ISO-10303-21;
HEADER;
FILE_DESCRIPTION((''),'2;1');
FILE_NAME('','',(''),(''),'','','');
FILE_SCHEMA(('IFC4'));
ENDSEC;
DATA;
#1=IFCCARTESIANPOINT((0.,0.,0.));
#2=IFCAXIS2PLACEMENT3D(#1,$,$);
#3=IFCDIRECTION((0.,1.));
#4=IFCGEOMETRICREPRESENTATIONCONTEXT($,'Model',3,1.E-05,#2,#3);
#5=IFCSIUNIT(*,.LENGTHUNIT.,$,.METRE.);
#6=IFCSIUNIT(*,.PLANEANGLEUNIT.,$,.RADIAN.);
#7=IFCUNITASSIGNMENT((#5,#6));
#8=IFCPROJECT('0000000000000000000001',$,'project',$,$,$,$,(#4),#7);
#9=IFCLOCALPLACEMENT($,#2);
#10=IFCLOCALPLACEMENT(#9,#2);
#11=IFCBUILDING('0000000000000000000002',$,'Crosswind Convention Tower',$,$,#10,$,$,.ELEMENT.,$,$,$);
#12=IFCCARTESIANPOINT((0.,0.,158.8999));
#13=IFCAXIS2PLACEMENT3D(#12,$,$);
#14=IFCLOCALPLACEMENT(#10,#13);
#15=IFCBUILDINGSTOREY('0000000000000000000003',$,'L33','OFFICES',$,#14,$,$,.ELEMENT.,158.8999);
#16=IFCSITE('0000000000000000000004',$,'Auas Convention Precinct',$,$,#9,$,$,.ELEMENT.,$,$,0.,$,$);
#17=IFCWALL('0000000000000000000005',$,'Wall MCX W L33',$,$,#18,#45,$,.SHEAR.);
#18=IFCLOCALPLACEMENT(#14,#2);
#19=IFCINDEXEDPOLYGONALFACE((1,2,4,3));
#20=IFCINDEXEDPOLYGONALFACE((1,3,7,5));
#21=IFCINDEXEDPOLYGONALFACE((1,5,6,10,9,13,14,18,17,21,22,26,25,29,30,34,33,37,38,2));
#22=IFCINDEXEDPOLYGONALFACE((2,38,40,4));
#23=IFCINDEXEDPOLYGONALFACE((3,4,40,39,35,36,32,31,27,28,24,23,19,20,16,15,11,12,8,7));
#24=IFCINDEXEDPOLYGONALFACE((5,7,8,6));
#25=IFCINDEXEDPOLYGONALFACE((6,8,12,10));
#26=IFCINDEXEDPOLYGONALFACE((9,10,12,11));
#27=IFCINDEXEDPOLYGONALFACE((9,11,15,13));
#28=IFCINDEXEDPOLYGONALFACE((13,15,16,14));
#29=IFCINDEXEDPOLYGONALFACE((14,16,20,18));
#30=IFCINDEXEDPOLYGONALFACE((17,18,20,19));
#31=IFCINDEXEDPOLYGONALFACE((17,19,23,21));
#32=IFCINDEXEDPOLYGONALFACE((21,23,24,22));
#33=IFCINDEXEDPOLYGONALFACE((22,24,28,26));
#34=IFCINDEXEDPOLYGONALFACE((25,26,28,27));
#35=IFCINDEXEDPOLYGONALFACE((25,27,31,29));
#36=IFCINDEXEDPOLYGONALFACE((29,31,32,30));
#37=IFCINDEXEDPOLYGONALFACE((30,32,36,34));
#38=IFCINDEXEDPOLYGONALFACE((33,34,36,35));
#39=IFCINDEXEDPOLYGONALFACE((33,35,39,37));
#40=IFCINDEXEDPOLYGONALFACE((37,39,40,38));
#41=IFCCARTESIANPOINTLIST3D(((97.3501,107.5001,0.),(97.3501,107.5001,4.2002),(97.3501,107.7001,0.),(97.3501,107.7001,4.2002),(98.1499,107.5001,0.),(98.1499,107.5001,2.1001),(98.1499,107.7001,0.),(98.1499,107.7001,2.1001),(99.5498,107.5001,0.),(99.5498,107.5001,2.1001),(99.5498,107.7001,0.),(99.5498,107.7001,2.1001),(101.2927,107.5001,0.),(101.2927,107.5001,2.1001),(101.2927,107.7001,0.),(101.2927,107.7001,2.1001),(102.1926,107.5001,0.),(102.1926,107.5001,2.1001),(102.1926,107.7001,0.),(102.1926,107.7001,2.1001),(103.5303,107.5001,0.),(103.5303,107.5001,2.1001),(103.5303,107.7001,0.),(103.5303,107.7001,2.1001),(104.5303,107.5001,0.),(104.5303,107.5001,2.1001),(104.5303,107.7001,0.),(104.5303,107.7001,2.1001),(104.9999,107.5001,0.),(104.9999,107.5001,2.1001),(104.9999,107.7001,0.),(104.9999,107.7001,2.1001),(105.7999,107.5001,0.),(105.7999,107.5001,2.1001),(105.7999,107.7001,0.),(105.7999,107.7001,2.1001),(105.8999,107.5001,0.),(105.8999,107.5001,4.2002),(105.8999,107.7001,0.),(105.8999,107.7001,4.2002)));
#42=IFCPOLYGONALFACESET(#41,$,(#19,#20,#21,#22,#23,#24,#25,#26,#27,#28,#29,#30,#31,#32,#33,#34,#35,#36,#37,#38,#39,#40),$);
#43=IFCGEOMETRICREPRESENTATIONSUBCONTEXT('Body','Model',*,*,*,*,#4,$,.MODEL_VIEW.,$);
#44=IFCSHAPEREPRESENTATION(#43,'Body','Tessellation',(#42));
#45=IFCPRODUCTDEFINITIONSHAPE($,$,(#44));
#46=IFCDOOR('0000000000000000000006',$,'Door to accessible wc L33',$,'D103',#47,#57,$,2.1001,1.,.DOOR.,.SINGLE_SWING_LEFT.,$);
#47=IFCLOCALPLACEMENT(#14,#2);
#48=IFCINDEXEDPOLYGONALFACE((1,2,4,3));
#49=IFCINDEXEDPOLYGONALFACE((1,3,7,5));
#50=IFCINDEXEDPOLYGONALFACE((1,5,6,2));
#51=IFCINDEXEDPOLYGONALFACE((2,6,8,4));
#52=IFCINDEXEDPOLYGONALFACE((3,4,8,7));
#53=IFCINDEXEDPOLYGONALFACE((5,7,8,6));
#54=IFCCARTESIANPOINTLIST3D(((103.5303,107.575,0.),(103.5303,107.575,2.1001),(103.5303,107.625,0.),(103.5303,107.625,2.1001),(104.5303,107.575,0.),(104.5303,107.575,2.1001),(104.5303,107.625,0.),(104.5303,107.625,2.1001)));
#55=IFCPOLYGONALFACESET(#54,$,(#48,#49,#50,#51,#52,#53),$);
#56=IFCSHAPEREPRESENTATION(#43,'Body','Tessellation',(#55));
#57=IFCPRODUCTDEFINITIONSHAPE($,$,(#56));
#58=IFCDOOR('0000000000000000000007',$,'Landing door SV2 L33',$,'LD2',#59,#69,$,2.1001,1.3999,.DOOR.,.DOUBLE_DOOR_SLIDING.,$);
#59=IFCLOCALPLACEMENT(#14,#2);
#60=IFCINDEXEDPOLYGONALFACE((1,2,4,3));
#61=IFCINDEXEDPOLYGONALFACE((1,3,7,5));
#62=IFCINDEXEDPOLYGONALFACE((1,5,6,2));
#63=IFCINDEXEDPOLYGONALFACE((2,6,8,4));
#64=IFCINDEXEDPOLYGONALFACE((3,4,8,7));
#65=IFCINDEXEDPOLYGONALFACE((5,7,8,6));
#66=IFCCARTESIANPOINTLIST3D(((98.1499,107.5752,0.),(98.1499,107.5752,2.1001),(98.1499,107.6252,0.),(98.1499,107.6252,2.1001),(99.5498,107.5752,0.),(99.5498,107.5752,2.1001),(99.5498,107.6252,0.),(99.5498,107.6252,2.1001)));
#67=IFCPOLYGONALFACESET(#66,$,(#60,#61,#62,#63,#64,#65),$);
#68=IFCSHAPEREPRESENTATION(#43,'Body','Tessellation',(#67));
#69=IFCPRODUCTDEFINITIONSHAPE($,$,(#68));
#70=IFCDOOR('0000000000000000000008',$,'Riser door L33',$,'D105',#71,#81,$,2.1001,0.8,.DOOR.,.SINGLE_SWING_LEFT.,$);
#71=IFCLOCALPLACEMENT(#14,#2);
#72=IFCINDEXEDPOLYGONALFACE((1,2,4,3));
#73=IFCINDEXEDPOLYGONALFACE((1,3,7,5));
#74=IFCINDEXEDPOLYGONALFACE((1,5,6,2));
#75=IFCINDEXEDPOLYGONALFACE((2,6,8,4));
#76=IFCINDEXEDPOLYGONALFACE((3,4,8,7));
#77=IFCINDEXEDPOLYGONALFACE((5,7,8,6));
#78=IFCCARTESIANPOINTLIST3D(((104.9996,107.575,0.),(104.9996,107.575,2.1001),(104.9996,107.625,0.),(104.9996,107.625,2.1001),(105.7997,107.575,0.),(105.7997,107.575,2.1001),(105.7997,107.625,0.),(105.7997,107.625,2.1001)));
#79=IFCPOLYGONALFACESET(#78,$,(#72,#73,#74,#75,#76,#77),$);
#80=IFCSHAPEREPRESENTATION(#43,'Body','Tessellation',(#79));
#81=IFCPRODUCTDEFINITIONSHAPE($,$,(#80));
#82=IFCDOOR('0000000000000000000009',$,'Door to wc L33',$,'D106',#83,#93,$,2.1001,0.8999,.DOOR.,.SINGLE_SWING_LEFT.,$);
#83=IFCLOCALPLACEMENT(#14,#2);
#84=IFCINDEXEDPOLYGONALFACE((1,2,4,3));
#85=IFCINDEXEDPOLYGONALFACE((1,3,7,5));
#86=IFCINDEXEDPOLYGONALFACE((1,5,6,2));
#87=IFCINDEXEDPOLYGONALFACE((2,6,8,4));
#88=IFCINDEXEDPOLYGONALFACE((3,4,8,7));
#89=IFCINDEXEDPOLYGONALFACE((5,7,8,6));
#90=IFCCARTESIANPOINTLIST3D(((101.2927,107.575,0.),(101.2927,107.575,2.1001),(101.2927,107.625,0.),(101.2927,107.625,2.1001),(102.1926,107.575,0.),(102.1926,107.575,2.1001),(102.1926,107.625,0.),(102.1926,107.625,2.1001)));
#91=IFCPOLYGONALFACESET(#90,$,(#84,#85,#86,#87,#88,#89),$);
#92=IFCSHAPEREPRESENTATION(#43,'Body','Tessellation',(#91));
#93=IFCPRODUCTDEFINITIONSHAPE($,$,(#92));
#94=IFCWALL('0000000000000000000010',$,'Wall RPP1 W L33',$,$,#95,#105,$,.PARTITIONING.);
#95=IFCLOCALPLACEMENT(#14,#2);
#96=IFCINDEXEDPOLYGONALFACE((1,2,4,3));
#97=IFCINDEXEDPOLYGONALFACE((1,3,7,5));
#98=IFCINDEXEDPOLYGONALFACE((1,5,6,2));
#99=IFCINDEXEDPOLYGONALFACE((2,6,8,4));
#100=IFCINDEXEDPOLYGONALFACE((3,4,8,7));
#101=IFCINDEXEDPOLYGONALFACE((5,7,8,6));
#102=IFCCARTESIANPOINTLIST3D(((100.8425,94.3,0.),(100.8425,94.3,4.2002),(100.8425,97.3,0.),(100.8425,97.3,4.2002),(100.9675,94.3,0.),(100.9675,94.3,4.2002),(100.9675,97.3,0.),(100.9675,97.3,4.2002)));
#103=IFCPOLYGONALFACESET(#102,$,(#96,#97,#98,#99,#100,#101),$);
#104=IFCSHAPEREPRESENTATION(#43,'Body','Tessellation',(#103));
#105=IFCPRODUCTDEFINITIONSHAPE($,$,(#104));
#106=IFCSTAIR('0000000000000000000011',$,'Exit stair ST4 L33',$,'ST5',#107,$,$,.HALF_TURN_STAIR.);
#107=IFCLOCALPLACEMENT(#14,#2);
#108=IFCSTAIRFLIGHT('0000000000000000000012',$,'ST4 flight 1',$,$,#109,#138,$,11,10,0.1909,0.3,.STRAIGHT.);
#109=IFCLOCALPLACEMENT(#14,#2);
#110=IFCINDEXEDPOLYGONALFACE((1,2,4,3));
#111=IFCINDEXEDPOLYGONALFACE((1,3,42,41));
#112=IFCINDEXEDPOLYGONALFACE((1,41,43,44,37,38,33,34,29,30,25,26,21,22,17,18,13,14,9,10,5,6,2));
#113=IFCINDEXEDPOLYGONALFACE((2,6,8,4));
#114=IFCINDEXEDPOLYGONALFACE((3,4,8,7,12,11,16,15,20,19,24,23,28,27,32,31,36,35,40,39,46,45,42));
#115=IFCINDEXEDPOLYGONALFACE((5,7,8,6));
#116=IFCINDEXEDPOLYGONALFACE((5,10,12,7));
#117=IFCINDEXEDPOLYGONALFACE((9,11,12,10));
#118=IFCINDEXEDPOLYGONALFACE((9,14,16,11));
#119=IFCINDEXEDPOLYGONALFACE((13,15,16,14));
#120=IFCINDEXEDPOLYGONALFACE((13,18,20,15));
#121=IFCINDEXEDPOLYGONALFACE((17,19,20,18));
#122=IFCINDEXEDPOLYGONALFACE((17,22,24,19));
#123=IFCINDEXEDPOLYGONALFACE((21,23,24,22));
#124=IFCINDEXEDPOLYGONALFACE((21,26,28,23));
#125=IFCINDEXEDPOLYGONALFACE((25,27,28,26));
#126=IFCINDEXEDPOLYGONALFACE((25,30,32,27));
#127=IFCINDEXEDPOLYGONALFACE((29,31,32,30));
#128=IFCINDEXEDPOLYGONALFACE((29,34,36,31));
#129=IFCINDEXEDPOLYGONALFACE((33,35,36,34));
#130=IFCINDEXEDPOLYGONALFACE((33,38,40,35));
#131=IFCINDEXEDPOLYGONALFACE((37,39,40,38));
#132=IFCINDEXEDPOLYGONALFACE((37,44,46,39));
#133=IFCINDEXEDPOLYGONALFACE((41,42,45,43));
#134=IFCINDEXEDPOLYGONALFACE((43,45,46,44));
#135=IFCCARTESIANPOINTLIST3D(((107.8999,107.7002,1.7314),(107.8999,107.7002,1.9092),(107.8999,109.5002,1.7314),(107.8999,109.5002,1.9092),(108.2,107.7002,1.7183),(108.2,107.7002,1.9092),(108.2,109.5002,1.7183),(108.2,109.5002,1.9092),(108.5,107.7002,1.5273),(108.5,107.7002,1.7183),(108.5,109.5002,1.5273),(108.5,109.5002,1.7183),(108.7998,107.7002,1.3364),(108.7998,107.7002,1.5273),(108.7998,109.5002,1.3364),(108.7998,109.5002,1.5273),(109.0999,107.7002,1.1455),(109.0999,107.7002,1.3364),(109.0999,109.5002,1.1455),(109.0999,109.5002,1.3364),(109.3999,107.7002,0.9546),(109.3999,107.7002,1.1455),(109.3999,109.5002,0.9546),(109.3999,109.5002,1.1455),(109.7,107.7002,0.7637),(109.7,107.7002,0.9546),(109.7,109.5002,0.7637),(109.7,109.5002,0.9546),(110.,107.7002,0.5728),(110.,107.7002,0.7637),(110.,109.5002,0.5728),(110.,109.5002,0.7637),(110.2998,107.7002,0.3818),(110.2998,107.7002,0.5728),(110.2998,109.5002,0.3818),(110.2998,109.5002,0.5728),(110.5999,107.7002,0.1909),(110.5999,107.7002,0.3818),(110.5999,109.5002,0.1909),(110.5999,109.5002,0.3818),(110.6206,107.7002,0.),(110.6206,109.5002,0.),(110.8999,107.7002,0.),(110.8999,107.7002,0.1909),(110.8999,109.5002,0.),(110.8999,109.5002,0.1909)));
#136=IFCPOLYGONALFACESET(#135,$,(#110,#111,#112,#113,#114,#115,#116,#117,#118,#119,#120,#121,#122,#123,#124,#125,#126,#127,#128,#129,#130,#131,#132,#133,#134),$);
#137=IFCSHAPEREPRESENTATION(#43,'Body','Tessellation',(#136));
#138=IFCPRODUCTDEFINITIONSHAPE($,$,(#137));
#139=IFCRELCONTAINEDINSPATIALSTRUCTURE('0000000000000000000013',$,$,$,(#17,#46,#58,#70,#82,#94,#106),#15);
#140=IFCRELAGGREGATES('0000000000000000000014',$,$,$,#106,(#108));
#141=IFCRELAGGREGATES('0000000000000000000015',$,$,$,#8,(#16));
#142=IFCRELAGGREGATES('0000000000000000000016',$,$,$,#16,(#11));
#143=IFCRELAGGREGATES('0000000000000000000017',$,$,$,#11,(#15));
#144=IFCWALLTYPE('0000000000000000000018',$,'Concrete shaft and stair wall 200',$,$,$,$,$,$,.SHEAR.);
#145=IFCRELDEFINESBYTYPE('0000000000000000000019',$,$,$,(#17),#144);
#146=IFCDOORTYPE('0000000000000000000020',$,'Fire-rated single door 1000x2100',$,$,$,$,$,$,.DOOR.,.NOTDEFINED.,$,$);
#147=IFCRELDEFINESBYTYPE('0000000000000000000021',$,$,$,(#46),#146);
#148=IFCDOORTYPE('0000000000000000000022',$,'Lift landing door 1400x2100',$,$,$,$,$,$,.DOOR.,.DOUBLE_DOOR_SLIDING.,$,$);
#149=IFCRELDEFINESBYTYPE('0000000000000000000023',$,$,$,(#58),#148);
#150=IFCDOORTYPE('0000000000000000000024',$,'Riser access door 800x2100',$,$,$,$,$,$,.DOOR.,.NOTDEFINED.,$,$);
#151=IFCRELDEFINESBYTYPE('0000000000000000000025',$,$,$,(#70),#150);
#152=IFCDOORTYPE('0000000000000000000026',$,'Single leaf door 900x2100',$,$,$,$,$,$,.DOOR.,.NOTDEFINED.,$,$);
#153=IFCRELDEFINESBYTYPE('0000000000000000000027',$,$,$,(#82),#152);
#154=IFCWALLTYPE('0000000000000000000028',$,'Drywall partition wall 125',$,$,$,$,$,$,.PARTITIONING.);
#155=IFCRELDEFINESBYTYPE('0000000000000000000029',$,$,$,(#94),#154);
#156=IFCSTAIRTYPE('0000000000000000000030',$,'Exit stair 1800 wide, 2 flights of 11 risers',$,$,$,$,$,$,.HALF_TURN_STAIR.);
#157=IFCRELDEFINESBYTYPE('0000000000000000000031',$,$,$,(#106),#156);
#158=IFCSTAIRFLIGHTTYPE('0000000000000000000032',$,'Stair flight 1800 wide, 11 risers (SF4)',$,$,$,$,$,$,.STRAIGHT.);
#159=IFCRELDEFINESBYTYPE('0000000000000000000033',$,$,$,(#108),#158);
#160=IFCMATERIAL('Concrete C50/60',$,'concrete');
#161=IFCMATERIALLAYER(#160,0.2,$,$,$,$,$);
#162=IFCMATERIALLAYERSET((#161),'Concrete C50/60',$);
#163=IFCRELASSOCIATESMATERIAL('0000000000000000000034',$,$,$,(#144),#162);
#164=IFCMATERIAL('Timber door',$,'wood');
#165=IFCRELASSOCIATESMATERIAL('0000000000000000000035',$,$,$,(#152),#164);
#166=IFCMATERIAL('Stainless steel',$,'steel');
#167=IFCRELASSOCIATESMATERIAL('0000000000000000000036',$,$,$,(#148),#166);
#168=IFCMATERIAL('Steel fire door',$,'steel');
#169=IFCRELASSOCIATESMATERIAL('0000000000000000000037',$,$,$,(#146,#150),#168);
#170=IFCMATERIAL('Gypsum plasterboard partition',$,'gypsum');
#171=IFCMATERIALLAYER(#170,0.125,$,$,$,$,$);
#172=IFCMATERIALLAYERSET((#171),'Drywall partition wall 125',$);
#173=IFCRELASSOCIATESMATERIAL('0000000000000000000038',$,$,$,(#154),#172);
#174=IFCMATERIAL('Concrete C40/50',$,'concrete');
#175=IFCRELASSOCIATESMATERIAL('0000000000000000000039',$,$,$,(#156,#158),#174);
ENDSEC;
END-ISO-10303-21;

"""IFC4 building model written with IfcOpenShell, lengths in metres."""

from ifc_helpers import new_model, si_unit, direction, frame, frame_2d, origin, place, context, subcontext, project, spatial, polyline, rectangle, outline, extrude, material, layer, layer_set, type_object, element, fill, aggregate, save


model = new_model("IFC4")

# Units and contexts
model_context = context("Model", 3, precision=1e-05, world=origin(), true_north=direction((0.0, 1.0)))
body_context = subcontext(model_context, "Body", "Model", "MODEL_VIEW")
ifc_project = project(units=[si_unit("LENGTHUNIT", "METRE"), si_unit("PLANEANGLEUNIT", "RADIAN")], contexts=[model_context])

# Site, building, storey
site_placement = place(None, origin())
site = spatial("IfcSite", under=ifc_project, at=site_placement, Name="Auas Convention Precinct", CompositionType="ELEMENT", RefElevation=0.0)
building_placement = place(site_placement, origin())
building = spatial("IfcBuilding", under=site, at=building_placement, Name="Crosswind Convention Tower", CompositionType="ELEMENT")
storey_placement = place(building_placement, frame((0.0, 0.0, 158.8999)))
storey = spatial("IfcBuildingStorey", under=building, at=storey_placement, Name="L33", Description="OFFICES", CompositionType="ELEMENT", Elevation=158.8999)

# Shared definitions
ifc_material_1 = material(Name="Concrete C50/60", Category="concrete")
ifc_layer_1 = layer(ifc_material_1, 0.2)
ifc_layer_set_1 = layer_set([ifc_layer_1], Name="Concrete C50/60")
wall_type_1 = type_object("IfcWallType", Name="Concrete shaft and stair wall 200", PredefinedType="SHEAR", material=ifc_layer_set_1)

# Shared definitions
ifc_material_2 = material(Name="Timber door", Category="wood")
door_type_1 = type_object("IfcDoorType", Name="Single leaf door 900x2100", OperationType="NOTDEFINED", PredefinedType="DOOR", material=ifc_material_2)

# Wall, openings, doors
ifc_material_3 = material(Name="Stainless steel", Category="steel")
door_type_2 = type_object("IfcDoorType", Name="Lift landing door 1400x2100", OperationType="DOUBLE_DOOR_SLIDING", PredefinedType="DOOR", material=ifc_material_3)
wall_1_placement = place(storey_placement, frame((105.8999, 107.6001, 0.0), z_axis=(0.0, 0.0, 1.0), x_axis=(-1.0, 0.0, 0.0)))
wall_1 = element("IfcWall", 1, at=wall_1_placement, inside=storey, type_object=wall_type_1, Name="Wall MCX W L33", PredefinedType="SHEAR", context=body_context, shape_type="SweptSolid", body=[
    extrude(rectangle(XDim=8.5498, YDim=0.2, at=frame_2d((4.2749, 0.0))), origin(), (0.0, 0.0, 1.0), 4.2002),
])
opening_1_placement = place(wall_1_placement, frame((0.1001, 0.0, 0.0)))
opening_1 = element("IfcOpeningElement", 2, at=opening_1_placement, cuts=wall_1, PredefinedType="OPENING", context=body_context, shape_type="SweptSolid", body=[
    extrude(rectangle(XDim=0.8, YDim=2.1001, at=frame_2d((0.3999, 1.05))), frame((0.0, 0.1099, 0.0), z_axis=(0.0, -1.0, 0.0), x_axis=(1.0, 0.0, 0.0)), (0.0, 0.0, 1.0), 0.22),
])
opening_2_placement = place(wall_1_placement, frame((1.3696, 0.0, 0.0)))
opening_2 = element("IfcOpeningElement", 3, at=opening_2_placement, cuts=wall_1, PredefinedType="OPENING", context=body_context, shape_type="SweptSolid", body=[
    extrude(rectangle(XDim=1.0, YDim=2.1001, at=frame_2d((0.5, 1.05))), frame((0.0, 0.1099, 0.0), z_axis=(0.0, -1.0, 0.0), x_axis=(1.0, 0.0, 0.0)), (0.0, 0.0, 1.0), 0.22),
])
opening_3_placement = place(wall_1_placement, frame((3.7073, 0.0, 0.0)))
opening_3 = element("IfcOpeningElement", 4, at=opening_3_placement, cuts=wall_1, PredefinedType="OPENING", context=body_context, shape_type="SweptSolid", body=[
    extrude(rectangle(XDim=0.8999, YDim=2.1001, at=frame_2d((0.45, 1.05))), frame((0.0, 0.1099, 0.0), z_axis=(0.0, -1.0, 0.0), x_axis=(1.0, 0.0, 0.0)), (0.0, 0.0, 1.0), 0.22),
])
opening_4_placement = place(wall_1_placement, frame((6.3501, 0.0, 0.0)))
opening_4 = element("IfcOpeningElement", 5, at=opening_4_placement, cuts=wall_1, PredefinedType="OPENING", context=body_context, shape_type="SweptSolid", body=[
    extrude(rectangle(XDim=1.3999, YDim=2.1001, at=frame_2d((0.7, 1.05))), frame((0.0, 0.1099, 0.0), z_axis=(0.0, -1.0, 0.0), x_axis=(1.0, 0.0, 0.0)), (0.0, 0.0, 1.0), 0.22),
])
ifc_material_4 = material(Name="Steel fire door", Category="steel")
door_type_3 = type_object("IfcDoorType", Name="Fire-rated single door 1000x2100", OperationType="NOTDEFINED", PredefinedType="DOOR", material=ifc_material_4)
door_1_placement = place(opening_2_placement, frame((1.0, 0.0, 0.0), z_axis=(0.0, 0.0, 1.0), x_axis=(-1.0, 0.0, 0.0)))
door_1 = element("IfcDoor", 6, at=door_1_placement, inside=storey, type_object=door_type_3, Name="Door to accessible wc L33", ObjectType="D103", OperationType="SINGLE_SWING_LEFT", OverallHeight=2.1001, OverallWidth=1.0, PredefinedType="DOOR", context=body_context, shape_type="SweptSolid", body=[
    extrude(rectangle(XDim=1.0, YDim=2.1001, at=frame_2d((0.5, 1.05))), frame((0.0, 0.0249, 0.0), z_axis=(0.0, -1.0, 0.0), x_axis=(1.0, 0.0, 0.0)), (0.0, 0.0, 1.0), 0.05),
])
fill(opening_2, door_1)
door_2_placement = place(opening_4_placement, origin())
door_2 = element("IfcDoor", 7, at=door_2_placement, inside=storey, type_object=door_type_2, Name="Landing door SV2 L33", ObjectType="LD2", OperationType="DOUBLE_DOOR_SLIDING", OverallHeight=2.1001, OverallWidth=1.3999, PredefinedType="DOOR", context=body_context, shape_type="SweptSolid", body=[
    extrude(rectangle(XDim=1.3999, YDim=2.1001, at=frame_2d((0.7, 1.05))), frame((0.0, 0.0249, 0.0), z_axis=(0.0, -1.0, 0.0), x_axis=(1.0, 0.0, 0.0)), (0.0, 0.0, 1.0), 0.05),
])
fill(opening_4, door_2)
door_type_4 = type_object("IfcDoorType", Name="Riser access door 800x2100", OperationType="NOTDEFINED", PredefinedType="DOOR", material=ifc_material_4)
door_3_placement = place(opening_1_placement, frame((0.8, 0.0, 0.0), z_axis=(0.0, 0.0, 1.0), x_axis=(-1.0, 0.0, 0.0)))
door_3 = element("IfcDoor", 8, at=door_3_placement, inside=storey, type_object=door_type_4, Name="Riser door L33", ObjectType="D105", OperationType="SINGLE_SWING_LEFT", OverallHeight=2.1001, OverallWidth=0.8, PredefinedType="DOOR", context=body_context, shape_type="SweptSolid", body=[
    extrude(rectangle(XDim=0.8, YDim=2.1001, at=frame_2d((0.3999, 1.05))), frame((0.0, 0.0249, 0.0), z_axis=(0.0, -1.0, 0.0), x_axis=(1.0, 0.0, 0.0)), (0.0, 0.0, 1.0), 0.05),
])
fill(opening_1, door_3)
door_4_placement = place(opening_3_placement, frame((0.8999, 0.0, 0.0), z_axis=(0.0, 0.0, 1.0), x_axis=(-1.0, 0.0, 0.0)))
door_4 = element("IfcDoor", 9, at=door_4_placement, inside=storey, type_object=door_type_1, Name="Door to wc L33", ObjectType="D106", OperationType="SINGLE_SWING_LEFT", OverallHeight=2.1001, OverallWidth=0.8999, PredefinedType="DOOR", context=body_context, shape_type="SweptSolid", body=[
    extrude(rectangle(XDim=0.8999, YDim=2.1001, at=frame_2d((0.45, 1.05))), frame((0.0, 0.0249, 0.0), z_axis=(0.0, -1.0, 0.0), x_axis=(1.0, 0.0, 0.0)), (0.0, 0.0, 1.0), 0.05),
])
fill(opening_3, door_4)

# Wall
ifc_material_5 = material(Name="Gypsum plasterboard partition", Category="gypsum")
ifc_layer_2 = layer(ifc_material_5, 0.125)
ifc_layer_set_2 = layer_set([ifc_layer_2], Name="Drywall partition wall 125")
wall_type_2 = type_object("IfcWallType", Name="Drywall partition wall 125", PredefinedType="PARTITIONING", material=ifc_layer_set_2)
wall_2_placement = place(storey_placement, frame((100.905, 97.3, 0.0), z_axis=(0.0, 0.0, 1.0), x_axis=(0.0, -1.0, 0.0)))
element("IfcWall", 10, at=wall_2_placement, inside=storey, type_object=wall_type_2, Name="Wall RPP1 W L33", PredefinedType="PARTITIONING", context=body_context, shape_type="SweptSolid", body=[
    extrude(rectangle(XDim=3.0, YDim=0.125, at=frame_2d((1.5, 0.0))), origin(), (0.0, 0.0, 1.0), 4.2002),
])

# Stair, stair flight
ifc_material_6 = material(Name="Concrete C40/50", Category="concrete")
stair_type = type_object("IfcStairType", Name="Exit stair 1800 wide, 2 flights of 11 risers", PredefinedType="HALF_TURN_STAIR", material=ifc_material_6)
stair_placement = place(storey_placement, origin())
stair = element("IfcStair", 11, at=stair_placement, inside=storey, type_object=stair_type, Name="Exit stair ST4 L33", ObjectType="ST5", PredefinedType="HALF_TURN_STAIR")
stair_flight_type = type_object("IfcStairFlightType", Name="Stair flight 1800 wide, 11 risers (SF4)", PredefinedType="STRAIGHT", material=ifc_material_6)
stair_flight_1_placement = place(storey_placement, frame((110.8999, 108.6001, 0.0), z_axis=(0.0, 0.0, 1.0), x_axis=(-1.0, 0.0, 0.0)))
stair_flight_1 = element("IfcStairFlight", 12, at=stair_flight_1_placement, type_object=stair_flight_type, Name="ST4 flight 1", NumberOfRisers=11, NumberOfTreads=10, PredefinedType="STRAIGHT", RiserHeight=0.1909, TreadLength=0.3, context=body_context, shape_type="SweptSolid", body=[
    extrude(outline(polyline([(0.0, 0.0), (0.0, 0.1909), (0.3, 0.1909), (0.3, 0.3818), (0.6001, 0.3818), (0.6001, 0.5728), (0.8999, 0.5728), (0.8999, 0.7637), (1.2, 0.7637), (1.2, 0.9546), (1.5, 0.9546), (1.5, 1.1455), (1.8, 1.1455), (1.8, 1.3364), (2.1001, 1.3364), (2.1001, 1.5273), (2.3999, 1.5273), (2.3999, 1.7183), (2.7, 1.7183), (2.7, 1.9092), (3.0, 1.9092), (3.0, 2.1001), (3.0, 1.7314), (0.2793, 0.0), (0.0, 0.0)])), frame((0.0, 0.8999, 0.0), z_axis=(0.0, -1.0, 0.0), x_axis=(1.0, 0.0, 0.0)), (0.0, 0.0, 1.0), 1.8),
])
aggregate(stair, [stair_flight_1])

save(model, "model.ifc")
